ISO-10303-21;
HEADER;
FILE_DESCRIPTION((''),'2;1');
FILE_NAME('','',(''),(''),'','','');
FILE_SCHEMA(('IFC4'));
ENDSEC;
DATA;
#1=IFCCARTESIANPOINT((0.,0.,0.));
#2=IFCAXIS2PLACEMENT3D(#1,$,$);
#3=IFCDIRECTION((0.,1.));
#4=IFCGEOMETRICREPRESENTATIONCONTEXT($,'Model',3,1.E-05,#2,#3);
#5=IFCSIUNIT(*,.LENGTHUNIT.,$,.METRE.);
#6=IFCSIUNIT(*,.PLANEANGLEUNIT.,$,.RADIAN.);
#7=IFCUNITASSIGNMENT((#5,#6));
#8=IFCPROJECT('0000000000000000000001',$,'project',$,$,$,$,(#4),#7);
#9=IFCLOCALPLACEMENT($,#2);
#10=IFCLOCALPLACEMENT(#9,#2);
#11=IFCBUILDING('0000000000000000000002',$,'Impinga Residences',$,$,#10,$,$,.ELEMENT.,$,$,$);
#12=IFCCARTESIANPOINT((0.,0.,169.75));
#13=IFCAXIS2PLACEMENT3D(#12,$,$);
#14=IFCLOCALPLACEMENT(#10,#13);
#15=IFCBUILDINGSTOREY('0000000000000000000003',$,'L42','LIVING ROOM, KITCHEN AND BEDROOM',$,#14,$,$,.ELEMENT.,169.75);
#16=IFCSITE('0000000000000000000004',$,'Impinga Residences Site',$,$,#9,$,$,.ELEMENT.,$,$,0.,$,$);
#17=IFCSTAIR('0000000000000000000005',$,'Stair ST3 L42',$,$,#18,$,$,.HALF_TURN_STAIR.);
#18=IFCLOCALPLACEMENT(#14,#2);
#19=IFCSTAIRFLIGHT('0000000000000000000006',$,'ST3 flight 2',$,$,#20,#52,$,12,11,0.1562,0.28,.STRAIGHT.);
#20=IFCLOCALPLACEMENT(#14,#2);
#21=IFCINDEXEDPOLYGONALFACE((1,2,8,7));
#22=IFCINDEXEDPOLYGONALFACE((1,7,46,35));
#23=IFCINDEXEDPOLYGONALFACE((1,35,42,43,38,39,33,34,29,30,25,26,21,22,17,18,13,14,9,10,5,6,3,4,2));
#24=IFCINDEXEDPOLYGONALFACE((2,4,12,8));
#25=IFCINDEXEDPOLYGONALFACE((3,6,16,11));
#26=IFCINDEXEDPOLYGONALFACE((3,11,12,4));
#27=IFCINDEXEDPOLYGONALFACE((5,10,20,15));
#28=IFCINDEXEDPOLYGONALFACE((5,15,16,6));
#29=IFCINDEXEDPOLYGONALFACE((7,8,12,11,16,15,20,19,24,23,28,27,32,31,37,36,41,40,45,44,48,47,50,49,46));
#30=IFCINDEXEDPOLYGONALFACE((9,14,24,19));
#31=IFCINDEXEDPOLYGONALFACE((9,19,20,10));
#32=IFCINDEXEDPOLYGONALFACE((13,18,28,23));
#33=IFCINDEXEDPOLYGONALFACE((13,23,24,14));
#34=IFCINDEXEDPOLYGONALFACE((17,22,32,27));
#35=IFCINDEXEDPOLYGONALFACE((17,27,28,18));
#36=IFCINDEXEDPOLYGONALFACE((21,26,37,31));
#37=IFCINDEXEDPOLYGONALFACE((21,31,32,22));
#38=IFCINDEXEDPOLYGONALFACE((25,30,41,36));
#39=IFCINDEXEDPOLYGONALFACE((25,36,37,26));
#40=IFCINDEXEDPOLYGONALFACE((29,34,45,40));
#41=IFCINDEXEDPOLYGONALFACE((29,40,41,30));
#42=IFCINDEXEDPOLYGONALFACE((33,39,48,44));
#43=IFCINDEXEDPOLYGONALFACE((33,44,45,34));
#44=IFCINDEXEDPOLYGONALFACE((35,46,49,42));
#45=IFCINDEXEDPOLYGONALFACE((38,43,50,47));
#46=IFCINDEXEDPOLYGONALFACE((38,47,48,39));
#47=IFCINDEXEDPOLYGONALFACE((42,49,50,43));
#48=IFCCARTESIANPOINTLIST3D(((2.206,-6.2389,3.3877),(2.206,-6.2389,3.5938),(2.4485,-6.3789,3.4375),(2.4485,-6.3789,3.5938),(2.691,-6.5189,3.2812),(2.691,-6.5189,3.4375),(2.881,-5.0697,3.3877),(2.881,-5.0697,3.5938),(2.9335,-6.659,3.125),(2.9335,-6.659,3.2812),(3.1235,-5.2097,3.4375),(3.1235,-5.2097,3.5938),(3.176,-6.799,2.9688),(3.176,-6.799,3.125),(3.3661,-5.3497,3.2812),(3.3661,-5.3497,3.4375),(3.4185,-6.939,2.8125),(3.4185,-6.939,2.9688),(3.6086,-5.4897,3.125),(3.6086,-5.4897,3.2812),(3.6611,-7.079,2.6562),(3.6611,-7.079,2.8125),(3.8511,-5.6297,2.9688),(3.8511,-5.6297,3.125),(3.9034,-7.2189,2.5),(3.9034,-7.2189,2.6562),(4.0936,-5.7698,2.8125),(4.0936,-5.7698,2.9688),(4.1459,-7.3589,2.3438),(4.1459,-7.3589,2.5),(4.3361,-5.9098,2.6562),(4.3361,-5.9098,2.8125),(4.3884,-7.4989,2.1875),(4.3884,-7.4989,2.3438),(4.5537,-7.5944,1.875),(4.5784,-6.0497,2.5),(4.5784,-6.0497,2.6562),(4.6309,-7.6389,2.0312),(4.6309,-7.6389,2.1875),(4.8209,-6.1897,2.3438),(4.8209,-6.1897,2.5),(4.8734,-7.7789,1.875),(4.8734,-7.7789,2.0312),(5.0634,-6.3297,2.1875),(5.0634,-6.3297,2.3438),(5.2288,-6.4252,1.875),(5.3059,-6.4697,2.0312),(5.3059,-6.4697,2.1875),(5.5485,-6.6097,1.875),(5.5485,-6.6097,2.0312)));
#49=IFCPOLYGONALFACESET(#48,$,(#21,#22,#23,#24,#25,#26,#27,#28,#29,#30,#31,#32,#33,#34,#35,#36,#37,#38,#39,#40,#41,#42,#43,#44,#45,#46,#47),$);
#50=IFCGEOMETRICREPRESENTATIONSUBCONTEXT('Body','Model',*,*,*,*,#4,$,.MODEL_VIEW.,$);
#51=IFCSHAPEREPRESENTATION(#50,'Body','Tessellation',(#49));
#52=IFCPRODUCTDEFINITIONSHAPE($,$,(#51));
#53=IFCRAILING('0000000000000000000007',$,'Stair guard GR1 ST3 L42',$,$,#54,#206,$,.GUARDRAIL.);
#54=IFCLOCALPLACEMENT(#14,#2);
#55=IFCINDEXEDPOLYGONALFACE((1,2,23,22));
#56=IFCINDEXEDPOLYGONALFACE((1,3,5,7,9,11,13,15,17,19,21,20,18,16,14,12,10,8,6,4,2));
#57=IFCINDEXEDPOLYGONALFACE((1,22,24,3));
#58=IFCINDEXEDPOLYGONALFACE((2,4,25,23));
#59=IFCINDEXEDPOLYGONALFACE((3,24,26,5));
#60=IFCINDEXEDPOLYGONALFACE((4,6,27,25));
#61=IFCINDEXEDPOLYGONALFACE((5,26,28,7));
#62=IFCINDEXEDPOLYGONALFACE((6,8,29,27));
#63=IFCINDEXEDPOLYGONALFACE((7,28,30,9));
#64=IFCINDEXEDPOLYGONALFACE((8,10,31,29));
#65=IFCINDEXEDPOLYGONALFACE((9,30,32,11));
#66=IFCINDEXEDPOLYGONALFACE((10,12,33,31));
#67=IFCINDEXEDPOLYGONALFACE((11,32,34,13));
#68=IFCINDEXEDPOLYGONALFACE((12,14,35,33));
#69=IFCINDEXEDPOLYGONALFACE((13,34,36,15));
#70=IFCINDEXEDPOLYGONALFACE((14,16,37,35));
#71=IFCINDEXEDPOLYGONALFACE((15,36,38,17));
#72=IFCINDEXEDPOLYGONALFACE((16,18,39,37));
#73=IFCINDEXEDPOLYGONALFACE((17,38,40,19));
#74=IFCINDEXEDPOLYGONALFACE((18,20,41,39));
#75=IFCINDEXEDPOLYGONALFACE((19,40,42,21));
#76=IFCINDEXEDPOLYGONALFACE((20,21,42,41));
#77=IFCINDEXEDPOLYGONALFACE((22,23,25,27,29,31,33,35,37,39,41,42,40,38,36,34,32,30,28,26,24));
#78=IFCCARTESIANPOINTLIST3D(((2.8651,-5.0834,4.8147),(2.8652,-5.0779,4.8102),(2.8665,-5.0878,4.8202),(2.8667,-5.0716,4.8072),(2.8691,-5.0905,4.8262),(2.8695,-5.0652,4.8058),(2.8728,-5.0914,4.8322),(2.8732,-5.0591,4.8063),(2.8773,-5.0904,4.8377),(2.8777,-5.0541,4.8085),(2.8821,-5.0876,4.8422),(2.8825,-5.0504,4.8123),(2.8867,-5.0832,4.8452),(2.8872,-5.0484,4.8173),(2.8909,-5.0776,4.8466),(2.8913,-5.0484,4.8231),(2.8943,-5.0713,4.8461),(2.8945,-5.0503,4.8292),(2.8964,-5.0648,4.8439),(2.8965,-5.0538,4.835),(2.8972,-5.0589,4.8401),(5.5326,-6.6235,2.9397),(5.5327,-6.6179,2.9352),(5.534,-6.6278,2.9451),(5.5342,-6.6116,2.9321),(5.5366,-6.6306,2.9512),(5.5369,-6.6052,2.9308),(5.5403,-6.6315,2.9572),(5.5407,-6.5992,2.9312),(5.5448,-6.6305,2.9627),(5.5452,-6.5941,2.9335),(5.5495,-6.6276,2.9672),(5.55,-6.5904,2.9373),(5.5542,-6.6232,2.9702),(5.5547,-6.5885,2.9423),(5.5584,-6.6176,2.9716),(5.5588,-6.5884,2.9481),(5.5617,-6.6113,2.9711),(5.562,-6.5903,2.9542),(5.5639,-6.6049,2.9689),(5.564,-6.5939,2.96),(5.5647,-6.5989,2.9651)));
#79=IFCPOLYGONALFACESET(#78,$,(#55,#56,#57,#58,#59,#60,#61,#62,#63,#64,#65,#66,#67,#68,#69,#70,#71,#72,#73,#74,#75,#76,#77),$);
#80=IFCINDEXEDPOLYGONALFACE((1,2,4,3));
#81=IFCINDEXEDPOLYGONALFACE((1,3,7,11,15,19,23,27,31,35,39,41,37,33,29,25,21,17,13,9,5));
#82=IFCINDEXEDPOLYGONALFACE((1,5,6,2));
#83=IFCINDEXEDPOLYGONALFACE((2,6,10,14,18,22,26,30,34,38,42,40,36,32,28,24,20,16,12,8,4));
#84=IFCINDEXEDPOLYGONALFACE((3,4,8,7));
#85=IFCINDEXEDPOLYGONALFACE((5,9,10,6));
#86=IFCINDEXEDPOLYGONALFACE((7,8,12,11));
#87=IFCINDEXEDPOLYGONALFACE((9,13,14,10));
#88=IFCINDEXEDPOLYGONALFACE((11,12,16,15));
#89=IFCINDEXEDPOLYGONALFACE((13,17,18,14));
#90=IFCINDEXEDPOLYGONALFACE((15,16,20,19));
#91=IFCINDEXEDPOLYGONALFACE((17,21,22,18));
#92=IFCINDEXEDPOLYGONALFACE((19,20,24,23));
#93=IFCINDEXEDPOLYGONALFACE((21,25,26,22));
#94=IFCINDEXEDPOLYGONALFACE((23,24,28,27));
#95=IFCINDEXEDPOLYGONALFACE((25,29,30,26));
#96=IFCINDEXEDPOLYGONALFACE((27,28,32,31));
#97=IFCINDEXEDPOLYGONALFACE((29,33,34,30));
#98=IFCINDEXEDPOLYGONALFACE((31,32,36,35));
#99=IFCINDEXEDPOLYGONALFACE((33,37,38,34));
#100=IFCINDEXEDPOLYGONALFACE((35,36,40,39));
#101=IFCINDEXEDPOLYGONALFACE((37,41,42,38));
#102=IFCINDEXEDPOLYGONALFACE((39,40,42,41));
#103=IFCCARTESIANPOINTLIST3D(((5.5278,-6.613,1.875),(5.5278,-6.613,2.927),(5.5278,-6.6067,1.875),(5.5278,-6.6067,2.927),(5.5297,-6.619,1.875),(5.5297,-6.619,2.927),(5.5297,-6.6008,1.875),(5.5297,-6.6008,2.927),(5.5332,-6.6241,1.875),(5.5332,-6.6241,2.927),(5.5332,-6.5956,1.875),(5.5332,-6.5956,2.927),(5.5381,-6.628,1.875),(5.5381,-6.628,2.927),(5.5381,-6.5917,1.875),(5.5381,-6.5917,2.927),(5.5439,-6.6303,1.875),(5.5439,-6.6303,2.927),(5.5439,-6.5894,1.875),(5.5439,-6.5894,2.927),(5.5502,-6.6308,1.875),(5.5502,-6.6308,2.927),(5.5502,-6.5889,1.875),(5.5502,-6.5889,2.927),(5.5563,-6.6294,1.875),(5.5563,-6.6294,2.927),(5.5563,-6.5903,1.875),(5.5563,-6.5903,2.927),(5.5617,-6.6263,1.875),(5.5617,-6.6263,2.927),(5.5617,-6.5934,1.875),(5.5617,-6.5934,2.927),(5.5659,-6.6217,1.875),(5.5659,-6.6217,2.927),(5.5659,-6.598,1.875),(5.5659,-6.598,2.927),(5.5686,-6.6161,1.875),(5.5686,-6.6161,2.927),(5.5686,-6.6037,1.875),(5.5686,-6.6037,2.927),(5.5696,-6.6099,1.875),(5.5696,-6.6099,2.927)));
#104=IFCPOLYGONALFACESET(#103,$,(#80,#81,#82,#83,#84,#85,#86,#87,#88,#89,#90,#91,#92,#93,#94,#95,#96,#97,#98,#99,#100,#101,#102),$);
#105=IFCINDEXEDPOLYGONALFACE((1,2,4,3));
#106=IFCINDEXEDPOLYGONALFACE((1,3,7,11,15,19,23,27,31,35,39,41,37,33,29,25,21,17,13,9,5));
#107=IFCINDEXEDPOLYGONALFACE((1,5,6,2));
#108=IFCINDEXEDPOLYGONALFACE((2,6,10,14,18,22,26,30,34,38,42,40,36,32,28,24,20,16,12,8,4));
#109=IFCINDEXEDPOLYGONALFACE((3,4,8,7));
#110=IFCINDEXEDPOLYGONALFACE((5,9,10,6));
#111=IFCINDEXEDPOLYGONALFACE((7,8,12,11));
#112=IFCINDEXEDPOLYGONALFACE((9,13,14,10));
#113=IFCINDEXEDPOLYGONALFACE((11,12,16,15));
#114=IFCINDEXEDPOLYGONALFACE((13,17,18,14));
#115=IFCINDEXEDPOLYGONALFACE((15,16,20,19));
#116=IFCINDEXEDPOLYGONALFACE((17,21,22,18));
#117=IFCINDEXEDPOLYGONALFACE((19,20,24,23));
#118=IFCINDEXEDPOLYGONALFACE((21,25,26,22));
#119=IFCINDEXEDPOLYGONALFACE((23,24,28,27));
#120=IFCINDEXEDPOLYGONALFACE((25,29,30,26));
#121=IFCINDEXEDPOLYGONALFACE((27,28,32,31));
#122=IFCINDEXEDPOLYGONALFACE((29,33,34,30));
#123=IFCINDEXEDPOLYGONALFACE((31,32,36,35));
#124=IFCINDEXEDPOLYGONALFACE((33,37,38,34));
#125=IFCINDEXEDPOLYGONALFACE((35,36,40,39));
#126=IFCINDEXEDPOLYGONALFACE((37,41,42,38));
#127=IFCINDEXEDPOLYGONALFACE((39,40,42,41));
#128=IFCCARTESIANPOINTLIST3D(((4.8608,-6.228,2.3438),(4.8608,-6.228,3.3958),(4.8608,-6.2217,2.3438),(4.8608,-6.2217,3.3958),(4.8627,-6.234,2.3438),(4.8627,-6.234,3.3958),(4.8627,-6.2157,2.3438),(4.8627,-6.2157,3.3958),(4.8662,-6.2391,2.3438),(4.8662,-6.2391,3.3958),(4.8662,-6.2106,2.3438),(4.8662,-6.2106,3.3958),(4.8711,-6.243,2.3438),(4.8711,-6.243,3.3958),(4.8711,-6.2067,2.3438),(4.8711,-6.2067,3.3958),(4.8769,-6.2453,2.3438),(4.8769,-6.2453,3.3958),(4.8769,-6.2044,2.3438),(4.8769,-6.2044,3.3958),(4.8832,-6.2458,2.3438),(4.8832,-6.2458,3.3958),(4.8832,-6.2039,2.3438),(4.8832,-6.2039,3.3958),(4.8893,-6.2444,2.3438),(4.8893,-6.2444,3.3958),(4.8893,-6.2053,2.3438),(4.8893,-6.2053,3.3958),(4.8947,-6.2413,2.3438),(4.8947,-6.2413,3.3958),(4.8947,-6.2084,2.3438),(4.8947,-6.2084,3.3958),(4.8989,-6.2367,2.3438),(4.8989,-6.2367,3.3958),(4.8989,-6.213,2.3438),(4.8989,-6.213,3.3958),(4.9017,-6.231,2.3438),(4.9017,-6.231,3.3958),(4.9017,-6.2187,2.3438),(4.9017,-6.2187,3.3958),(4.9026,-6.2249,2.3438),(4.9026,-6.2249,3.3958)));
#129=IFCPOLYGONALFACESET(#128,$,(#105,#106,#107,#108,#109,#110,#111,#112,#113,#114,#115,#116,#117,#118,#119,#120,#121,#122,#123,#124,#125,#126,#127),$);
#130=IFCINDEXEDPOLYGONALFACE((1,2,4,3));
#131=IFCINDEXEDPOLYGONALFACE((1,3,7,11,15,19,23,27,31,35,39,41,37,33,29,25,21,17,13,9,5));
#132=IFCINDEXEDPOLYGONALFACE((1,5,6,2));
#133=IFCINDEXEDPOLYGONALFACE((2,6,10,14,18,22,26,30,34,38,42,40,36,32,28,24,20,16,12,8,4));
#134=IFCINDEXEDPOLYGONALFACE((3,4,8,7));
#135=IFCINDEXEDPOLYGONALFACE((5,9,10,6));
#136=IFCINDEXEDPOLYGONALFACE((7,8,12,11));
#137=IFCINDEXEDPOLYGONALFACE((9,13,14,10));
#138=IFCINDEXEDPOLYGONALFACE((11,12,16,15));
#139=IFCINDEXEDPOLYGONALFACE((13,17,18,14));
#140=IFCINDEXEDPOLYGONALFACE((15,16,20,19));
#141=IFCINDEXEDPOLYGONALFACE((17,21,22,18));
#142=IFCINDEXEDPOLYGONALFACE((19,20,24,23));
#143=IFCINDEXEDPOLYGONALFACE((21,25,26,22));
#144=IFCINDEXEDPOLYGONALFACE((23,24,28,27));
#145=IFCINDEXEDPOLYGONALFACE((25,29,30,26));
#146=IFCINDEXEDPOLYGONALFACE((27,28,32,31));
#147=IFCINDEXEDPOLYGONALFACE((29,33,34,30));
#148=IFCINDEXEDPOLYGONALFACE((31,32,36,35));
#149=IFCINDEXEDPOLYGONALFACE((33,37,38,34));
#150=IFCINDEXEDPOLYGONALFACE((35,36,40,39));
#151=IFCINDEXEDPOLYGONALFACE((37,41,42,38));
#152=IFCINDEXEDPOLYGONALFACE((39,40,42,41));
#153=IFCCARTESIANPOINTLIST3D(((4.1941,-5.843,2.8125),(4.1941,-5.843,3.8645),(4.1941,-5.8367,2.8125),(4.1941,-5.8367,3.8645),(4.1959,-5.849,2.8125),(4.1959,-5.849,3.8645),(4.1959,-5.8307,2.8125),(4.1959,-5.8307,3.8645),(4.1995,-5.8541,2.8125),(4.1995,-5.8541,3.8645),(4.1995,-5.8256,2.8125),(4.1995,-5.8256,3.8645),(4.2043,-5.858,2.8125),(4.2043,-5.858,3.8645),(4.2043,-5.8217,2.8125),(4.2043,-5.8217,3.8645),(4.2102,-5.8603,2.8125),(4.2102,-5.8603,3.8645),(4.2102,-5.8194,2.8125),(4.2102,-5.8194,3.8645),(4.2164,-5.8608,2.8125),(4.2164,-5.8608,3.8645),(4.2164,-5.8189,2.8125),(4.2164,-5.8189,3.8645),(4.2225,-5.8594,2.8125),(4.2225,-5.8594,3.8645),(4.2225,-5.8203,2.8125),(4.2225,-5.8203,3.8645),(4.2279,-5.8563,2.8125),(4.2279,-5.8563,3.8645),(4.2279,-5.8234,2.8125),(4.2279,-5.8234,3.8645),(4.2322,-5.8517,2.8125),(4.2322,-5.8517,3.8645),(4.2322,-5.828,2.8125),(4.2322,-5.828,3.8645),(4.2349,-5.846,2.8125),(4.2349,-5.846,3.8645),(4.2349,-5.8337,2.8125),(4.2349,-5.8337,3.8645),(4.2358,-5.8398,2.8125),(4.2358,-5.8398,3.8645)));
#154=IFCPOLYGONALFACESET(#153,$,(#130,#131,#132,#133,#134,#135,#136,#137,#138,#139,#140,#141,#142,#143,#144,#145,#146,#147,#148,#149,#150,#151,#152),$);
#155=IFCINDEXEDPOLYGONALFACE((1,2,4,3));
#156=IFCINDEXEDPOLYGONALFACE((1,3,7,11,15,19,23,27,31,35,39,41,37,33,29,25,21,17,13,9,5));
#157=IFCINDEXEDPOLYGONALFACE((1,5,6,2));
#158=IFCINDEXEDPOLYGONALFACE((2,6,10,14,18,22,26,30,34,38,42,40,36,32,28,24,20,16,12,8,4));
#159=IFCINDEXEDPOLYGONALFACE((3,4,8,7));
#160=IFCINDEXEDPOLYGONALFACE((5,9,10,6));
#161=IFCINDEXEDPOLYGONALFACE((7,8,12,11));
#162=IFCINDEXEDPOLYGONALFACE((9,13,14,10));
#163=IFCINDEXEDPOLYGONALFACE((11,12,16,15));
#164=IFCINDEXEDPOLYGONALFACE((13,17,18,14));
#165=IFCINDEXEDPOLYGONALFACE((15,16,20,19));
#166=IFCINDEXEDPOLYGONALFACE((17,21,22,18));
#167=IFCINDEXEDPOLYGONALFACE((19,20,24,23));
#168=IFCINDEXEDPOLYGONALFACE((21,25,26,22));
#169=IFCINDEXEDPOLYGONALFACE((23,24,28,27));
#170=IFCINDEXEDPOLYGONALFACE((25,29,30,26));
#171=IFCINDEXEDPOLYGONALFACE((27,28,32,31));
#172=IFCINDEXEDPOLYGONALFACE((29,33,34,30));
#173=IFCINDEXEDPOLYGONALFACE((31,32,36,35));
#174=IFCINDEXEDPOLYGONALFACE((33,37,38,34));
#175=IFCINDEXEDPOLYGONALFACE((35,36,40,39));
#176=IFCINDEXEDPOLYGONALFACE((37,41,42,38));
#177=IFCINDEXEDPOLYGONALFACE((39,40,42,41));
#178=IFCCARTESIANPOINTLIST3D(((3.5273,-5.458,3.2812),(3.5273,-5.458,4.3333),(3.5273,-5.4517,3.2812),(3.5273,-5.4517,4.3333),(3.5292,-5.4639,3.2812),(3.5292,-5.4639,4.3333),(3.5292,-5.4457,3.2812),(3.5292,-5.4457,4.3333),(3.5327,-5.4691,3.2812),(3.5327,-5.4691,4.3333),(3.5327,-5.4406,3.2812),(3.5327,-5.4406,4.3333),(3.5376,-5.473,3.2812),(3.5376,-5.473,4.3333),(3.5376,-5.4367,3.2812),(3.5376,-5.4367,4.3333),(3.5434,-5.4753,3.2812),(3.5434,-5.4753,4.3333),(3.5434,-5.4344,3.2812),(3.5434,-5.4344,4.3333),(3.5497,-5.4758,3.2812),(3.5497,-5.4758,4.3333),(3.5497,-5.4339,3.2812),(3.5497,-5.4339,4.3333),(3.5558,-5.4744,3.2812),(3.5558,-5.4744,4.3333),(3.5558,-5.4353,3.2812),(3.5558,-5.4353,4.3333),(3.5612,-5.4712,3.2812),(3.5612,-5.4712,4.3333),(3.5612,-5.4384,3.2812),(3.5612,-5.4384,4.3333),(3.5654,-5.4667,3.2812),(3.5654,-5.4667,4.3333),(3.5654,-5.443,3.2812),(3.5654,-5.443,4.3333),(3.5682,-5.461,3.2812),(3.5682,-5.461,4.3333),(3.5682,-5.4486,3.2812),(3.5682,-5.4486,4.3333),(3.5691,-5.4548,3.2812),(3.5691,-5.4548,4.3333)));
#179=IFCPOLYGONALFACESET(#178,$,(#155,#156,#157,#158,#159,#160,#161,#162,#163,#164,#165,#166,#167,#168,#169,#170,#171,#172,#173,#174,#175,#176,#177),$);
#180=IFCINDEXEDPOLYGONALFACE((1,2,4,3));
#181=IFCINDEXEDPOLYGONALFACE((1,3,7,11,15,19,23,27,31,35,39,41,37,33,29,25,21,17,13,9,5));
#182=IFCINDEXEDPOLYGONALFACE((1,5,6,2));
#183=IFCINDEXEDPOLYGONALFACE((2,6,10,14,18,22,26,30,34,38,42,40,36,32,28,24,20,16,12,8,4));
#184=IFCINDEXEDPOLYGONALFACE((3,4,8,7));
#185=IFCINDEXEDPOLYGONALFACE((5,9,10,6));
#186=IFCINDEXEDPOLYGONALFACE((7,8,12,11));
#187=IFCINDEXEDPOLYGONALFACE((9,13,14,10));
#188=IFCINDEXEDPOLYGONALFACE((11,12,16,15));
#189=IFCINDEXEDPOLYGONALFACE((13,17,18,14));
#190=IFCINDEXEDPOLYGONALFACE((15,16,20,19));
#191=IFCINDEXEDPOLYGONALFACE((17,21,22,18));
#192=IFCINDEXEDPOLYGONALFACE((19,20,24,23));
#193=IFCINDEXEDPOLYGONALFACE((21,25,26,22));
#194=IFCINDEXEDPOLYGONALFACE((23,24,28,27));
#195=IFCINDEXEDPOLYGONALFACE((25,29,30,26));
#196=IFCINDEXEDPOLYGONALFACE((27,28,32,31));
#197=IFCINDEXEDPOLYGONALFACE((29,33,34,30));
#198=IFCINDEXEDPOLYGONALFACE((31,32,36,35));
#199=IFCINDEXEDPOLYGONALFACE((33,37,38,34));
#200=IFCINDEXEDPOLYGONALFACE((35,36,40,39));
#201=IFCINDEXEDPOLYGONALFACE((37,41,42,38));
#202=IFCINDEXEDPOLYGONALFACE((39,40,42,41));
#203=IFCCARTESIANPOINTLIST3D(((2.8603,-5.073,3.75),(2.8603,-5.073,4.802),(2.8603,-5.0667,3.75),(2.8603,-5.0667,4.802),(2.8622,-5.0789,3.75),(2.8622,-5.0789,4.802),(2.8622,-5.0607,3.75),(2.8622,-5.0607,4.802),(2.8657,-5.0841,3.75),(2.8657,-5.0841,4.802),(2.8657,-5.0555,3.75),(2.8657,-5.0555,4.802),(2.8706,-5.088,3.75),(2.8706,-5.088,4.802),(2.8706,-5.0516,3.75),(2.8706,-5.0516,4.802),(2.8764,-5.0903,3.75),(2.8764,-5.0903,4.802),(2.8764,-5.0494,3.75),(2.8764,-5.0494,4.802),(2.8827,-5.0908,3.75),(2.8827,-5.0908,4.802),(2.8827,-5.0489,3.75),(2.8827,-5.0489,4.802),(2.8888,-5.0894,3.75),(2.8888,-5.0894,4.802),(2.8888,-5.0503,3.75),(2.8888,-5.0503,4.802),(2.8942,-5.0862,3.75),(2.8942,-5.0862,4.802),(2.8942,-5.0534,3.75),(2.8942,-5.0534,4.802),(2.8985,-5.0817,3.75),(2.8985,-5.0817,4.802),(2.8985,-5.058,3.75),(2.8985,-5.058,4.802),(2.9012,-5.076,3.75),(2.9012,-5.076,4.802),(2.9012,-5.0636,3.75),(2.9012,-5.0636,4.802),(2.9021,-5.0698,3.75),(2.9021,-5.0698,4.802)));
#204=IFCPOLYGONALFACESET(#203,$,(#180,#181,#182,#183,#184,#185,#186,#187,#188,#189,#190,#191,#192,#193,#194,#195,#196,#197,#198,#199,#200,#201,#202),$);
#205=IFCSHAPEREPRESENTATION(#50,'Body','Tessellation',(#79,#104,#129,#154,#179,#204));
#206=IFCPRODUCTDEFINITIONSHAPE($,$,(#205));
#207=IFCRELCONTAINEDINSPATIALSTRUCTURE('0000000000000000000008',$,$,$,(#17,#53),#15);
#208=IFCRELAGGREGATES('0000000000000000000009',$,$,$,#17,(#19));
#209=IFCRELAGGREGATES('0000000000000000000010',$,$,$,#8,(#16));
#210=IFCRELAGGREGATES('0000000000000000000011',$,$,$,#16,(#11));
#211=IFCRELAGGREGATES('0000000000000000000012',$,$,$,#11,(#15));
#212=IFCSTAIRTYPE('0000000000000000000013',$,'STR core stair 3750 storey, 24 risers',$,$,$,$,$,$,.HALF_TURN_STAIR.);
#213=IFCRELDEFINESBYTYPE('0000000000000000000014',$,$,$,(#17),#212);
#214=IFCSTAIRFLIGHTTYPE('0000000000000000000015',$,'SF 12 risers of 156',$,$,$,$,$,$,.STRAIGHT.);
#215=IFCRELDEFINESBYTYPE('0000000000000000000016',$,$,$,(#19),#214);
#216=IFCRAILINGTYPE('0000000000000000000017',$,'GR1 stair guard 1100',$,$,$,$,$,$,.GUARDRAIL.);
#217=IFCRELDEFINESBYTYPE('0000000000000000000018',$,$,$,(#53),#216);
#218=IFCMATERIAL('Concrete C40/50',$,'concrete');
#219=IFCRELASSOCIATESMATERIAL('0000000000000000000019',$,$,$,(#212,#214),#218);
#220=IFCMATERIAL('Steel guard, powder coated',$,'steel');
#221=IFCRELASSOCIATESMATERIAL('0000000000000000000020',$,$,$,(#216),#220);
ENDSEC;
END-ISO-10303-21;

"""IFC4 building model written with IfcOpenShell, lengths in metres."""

from ifc_helpers import new_model, si_unit, direction, frame, origin, origin_2d, place, context, subcontext, project, spatial, polyline, circle, outline, extrude, material, type_object, element, aggregate, save


model = new_model("IFC4")

# Units and contexts
model_context = context("Model", 3, precision=1e-05, world=origin(), true_north=direction((0.0, 1.0)))
body_context = subcontext(model_context, "Body", "Model", "MODEL_VIEW")
ifc_project = project(units=[si_unit("LENGTHUNIT", "METRE"), si_unit("PLANEANGLEUNIT", "RADIAN")], contexts=[model_context])

# Site, building, storey
site_placement = place(None, origin())
site = spatial("IfcSite", under=ifc_project, at=site_placement, Name="Impinga Residences Site", CompositionType="ELEMENT", RefElevation=0.0)
building_placement = place(site_placement, origin())
building = spatial("IfcBuilding", under=site, at=building_placement, Name="Impinga Residences", CompositionType="ELEMENT")
storey_placement = place(building_placement, frame((0.0, 0.0, 169.75)))
storey = spatial("IfcBuildingStorey", under=building, at=storey_placement, Name="L42", Description="LIVING ROOM, KITCHEN AND BEDROOM", CompositionType="ELEMENT", Elevation=169.75)

# Stair, stair flight
ifc_material_1 = material(Name="Concrete C40/50", Category="concrete")
stair_type = type_object("IfcStairType", Name="STR core stair 3750 storey, 24 risers", PredefinedType="HALF_TURN_STAIR", material=ifc_material_1)
stair_placement = place(storey_placement, origin())
stair = element("IfcStair", 1, at=stair_placement, inside=storey, type_object=stair_type, Name="Stair ST3 L42", PredefinedType="HALF_TURN_STAIR")
stair_flight_type = type_object("IfcStairFlightType", Name="SF 12 risers of 156", PredefinedType="STRAIGHT", material=ifc_material_1)
stair_flight_placement = place(storey_placement, frame((5.2109, -7.1943, 1.875), z_axis=(0.0, 0.0, 1.0), x_axis=(-0.866025, 0.5, 0.0)))
stair_flight = element("IfcStairFlight", 2, at=stair_flight_placement, type_object=stair_flight_type, Name="ST3 flight 2", NumberOfRisers=12, NumberOfTreads=11, PredefinedType="STRAIGHT", RiserHeight=0.1562, TreadLength=0.28, context=body_context, shape_type="SweptSolid", body=[
    extrude(outline(polyline([(0.0, 0.0), (0.0, 0.1562), (0.28, 0.1562), (0.28, 0.3125), (0.5601, 0.3125), (0.5601, 0.4688), (0.8401, 0.4688), (0.8401, 0.625), (1.1201, 0.625), (1.1201, 0.7812), (1.3999, 0.7812), (1.3999, 0.9375), (1.6799, 0.9375), (1.6799, 1.0938), (1.96, 1.0938), (1.96, 1.25), (2.24, 1.25), (2.24, 1.4062), (2.52, 1.4062), (2.52, 1.5625), (2.8, 1.5625), (2.8, 1.7188), (3.0801, 1.7188), (3.0801, 1.875), (3.0801, 1.5127), (0.3691, 0.0), (0.0, 0.0)])), frame((0.0, 0.675, 0.0), z_axis=(0.0, -1.0, 0.0), x_axis=(1.0, 0.0, 0.0)), (0.0, 0.0, 1.0), 1.3501),
])
aggregate(stair, [stair_flight])

# Railing
ifc_material_2 = material(Name="Steel guard, powder coated", Category="steel")
railing_type_1 = type_object("IfcRailingType", Name="GR1 stair guard 1100", PredefinedType="GUARDRAIL", material=ifc_material_2)
railing_1_placement = place(storey_placement, frame((5.5486, -6.6099, 1.875)))
element("IfcRailing", 3, at=railing_1_placement, inside=storey, type_object=railing_type_1, Name="Stair guard GR1 ST3 L42", PredefinedType="GUARDRAIL", context=body_context, shape_type="SweptSolid", body=[
    extrude(circle(Radius=0.0239, at=origin_2d()), frame((0.0, 0.0, 1.0762), z_axis=(-0.739746, 0.427084, 0.519975), x_axis=(-0.499992, -0.86603, 0.0)), (0.0, 0.0, 1.0), 3.606),
    extrude(circle(Radius=0.021, at=origin_2d()), origin(), (0.0, 0.0, 1.0), 1.052),
    extrude(circle(Radius=0.021, at=origin_2d()), frame((-0.667, 0.385, 0.4688)), (0.0, 0.0, 1.0), 1.052),
    extrude(circle(Radius=0.021, at=origin_2d()), frame((-1.3337, 0.77, 0.9375)), (0.0, 0.0, 1.0), 1.052),
    extrude(circle(Radius=0.021, at=origin_2d()), frame((-2.0005, 1.155, 1.4062)), (0.0, 0.0, 1.0), 1.052),
    extrude(circle(Radius=0.021, at=origin_2d()), frame((-2.6675, 1.54, 1.875)), (0.0, 0.0, 1.0), 1.052),
])

save(model, "model.ifc")
